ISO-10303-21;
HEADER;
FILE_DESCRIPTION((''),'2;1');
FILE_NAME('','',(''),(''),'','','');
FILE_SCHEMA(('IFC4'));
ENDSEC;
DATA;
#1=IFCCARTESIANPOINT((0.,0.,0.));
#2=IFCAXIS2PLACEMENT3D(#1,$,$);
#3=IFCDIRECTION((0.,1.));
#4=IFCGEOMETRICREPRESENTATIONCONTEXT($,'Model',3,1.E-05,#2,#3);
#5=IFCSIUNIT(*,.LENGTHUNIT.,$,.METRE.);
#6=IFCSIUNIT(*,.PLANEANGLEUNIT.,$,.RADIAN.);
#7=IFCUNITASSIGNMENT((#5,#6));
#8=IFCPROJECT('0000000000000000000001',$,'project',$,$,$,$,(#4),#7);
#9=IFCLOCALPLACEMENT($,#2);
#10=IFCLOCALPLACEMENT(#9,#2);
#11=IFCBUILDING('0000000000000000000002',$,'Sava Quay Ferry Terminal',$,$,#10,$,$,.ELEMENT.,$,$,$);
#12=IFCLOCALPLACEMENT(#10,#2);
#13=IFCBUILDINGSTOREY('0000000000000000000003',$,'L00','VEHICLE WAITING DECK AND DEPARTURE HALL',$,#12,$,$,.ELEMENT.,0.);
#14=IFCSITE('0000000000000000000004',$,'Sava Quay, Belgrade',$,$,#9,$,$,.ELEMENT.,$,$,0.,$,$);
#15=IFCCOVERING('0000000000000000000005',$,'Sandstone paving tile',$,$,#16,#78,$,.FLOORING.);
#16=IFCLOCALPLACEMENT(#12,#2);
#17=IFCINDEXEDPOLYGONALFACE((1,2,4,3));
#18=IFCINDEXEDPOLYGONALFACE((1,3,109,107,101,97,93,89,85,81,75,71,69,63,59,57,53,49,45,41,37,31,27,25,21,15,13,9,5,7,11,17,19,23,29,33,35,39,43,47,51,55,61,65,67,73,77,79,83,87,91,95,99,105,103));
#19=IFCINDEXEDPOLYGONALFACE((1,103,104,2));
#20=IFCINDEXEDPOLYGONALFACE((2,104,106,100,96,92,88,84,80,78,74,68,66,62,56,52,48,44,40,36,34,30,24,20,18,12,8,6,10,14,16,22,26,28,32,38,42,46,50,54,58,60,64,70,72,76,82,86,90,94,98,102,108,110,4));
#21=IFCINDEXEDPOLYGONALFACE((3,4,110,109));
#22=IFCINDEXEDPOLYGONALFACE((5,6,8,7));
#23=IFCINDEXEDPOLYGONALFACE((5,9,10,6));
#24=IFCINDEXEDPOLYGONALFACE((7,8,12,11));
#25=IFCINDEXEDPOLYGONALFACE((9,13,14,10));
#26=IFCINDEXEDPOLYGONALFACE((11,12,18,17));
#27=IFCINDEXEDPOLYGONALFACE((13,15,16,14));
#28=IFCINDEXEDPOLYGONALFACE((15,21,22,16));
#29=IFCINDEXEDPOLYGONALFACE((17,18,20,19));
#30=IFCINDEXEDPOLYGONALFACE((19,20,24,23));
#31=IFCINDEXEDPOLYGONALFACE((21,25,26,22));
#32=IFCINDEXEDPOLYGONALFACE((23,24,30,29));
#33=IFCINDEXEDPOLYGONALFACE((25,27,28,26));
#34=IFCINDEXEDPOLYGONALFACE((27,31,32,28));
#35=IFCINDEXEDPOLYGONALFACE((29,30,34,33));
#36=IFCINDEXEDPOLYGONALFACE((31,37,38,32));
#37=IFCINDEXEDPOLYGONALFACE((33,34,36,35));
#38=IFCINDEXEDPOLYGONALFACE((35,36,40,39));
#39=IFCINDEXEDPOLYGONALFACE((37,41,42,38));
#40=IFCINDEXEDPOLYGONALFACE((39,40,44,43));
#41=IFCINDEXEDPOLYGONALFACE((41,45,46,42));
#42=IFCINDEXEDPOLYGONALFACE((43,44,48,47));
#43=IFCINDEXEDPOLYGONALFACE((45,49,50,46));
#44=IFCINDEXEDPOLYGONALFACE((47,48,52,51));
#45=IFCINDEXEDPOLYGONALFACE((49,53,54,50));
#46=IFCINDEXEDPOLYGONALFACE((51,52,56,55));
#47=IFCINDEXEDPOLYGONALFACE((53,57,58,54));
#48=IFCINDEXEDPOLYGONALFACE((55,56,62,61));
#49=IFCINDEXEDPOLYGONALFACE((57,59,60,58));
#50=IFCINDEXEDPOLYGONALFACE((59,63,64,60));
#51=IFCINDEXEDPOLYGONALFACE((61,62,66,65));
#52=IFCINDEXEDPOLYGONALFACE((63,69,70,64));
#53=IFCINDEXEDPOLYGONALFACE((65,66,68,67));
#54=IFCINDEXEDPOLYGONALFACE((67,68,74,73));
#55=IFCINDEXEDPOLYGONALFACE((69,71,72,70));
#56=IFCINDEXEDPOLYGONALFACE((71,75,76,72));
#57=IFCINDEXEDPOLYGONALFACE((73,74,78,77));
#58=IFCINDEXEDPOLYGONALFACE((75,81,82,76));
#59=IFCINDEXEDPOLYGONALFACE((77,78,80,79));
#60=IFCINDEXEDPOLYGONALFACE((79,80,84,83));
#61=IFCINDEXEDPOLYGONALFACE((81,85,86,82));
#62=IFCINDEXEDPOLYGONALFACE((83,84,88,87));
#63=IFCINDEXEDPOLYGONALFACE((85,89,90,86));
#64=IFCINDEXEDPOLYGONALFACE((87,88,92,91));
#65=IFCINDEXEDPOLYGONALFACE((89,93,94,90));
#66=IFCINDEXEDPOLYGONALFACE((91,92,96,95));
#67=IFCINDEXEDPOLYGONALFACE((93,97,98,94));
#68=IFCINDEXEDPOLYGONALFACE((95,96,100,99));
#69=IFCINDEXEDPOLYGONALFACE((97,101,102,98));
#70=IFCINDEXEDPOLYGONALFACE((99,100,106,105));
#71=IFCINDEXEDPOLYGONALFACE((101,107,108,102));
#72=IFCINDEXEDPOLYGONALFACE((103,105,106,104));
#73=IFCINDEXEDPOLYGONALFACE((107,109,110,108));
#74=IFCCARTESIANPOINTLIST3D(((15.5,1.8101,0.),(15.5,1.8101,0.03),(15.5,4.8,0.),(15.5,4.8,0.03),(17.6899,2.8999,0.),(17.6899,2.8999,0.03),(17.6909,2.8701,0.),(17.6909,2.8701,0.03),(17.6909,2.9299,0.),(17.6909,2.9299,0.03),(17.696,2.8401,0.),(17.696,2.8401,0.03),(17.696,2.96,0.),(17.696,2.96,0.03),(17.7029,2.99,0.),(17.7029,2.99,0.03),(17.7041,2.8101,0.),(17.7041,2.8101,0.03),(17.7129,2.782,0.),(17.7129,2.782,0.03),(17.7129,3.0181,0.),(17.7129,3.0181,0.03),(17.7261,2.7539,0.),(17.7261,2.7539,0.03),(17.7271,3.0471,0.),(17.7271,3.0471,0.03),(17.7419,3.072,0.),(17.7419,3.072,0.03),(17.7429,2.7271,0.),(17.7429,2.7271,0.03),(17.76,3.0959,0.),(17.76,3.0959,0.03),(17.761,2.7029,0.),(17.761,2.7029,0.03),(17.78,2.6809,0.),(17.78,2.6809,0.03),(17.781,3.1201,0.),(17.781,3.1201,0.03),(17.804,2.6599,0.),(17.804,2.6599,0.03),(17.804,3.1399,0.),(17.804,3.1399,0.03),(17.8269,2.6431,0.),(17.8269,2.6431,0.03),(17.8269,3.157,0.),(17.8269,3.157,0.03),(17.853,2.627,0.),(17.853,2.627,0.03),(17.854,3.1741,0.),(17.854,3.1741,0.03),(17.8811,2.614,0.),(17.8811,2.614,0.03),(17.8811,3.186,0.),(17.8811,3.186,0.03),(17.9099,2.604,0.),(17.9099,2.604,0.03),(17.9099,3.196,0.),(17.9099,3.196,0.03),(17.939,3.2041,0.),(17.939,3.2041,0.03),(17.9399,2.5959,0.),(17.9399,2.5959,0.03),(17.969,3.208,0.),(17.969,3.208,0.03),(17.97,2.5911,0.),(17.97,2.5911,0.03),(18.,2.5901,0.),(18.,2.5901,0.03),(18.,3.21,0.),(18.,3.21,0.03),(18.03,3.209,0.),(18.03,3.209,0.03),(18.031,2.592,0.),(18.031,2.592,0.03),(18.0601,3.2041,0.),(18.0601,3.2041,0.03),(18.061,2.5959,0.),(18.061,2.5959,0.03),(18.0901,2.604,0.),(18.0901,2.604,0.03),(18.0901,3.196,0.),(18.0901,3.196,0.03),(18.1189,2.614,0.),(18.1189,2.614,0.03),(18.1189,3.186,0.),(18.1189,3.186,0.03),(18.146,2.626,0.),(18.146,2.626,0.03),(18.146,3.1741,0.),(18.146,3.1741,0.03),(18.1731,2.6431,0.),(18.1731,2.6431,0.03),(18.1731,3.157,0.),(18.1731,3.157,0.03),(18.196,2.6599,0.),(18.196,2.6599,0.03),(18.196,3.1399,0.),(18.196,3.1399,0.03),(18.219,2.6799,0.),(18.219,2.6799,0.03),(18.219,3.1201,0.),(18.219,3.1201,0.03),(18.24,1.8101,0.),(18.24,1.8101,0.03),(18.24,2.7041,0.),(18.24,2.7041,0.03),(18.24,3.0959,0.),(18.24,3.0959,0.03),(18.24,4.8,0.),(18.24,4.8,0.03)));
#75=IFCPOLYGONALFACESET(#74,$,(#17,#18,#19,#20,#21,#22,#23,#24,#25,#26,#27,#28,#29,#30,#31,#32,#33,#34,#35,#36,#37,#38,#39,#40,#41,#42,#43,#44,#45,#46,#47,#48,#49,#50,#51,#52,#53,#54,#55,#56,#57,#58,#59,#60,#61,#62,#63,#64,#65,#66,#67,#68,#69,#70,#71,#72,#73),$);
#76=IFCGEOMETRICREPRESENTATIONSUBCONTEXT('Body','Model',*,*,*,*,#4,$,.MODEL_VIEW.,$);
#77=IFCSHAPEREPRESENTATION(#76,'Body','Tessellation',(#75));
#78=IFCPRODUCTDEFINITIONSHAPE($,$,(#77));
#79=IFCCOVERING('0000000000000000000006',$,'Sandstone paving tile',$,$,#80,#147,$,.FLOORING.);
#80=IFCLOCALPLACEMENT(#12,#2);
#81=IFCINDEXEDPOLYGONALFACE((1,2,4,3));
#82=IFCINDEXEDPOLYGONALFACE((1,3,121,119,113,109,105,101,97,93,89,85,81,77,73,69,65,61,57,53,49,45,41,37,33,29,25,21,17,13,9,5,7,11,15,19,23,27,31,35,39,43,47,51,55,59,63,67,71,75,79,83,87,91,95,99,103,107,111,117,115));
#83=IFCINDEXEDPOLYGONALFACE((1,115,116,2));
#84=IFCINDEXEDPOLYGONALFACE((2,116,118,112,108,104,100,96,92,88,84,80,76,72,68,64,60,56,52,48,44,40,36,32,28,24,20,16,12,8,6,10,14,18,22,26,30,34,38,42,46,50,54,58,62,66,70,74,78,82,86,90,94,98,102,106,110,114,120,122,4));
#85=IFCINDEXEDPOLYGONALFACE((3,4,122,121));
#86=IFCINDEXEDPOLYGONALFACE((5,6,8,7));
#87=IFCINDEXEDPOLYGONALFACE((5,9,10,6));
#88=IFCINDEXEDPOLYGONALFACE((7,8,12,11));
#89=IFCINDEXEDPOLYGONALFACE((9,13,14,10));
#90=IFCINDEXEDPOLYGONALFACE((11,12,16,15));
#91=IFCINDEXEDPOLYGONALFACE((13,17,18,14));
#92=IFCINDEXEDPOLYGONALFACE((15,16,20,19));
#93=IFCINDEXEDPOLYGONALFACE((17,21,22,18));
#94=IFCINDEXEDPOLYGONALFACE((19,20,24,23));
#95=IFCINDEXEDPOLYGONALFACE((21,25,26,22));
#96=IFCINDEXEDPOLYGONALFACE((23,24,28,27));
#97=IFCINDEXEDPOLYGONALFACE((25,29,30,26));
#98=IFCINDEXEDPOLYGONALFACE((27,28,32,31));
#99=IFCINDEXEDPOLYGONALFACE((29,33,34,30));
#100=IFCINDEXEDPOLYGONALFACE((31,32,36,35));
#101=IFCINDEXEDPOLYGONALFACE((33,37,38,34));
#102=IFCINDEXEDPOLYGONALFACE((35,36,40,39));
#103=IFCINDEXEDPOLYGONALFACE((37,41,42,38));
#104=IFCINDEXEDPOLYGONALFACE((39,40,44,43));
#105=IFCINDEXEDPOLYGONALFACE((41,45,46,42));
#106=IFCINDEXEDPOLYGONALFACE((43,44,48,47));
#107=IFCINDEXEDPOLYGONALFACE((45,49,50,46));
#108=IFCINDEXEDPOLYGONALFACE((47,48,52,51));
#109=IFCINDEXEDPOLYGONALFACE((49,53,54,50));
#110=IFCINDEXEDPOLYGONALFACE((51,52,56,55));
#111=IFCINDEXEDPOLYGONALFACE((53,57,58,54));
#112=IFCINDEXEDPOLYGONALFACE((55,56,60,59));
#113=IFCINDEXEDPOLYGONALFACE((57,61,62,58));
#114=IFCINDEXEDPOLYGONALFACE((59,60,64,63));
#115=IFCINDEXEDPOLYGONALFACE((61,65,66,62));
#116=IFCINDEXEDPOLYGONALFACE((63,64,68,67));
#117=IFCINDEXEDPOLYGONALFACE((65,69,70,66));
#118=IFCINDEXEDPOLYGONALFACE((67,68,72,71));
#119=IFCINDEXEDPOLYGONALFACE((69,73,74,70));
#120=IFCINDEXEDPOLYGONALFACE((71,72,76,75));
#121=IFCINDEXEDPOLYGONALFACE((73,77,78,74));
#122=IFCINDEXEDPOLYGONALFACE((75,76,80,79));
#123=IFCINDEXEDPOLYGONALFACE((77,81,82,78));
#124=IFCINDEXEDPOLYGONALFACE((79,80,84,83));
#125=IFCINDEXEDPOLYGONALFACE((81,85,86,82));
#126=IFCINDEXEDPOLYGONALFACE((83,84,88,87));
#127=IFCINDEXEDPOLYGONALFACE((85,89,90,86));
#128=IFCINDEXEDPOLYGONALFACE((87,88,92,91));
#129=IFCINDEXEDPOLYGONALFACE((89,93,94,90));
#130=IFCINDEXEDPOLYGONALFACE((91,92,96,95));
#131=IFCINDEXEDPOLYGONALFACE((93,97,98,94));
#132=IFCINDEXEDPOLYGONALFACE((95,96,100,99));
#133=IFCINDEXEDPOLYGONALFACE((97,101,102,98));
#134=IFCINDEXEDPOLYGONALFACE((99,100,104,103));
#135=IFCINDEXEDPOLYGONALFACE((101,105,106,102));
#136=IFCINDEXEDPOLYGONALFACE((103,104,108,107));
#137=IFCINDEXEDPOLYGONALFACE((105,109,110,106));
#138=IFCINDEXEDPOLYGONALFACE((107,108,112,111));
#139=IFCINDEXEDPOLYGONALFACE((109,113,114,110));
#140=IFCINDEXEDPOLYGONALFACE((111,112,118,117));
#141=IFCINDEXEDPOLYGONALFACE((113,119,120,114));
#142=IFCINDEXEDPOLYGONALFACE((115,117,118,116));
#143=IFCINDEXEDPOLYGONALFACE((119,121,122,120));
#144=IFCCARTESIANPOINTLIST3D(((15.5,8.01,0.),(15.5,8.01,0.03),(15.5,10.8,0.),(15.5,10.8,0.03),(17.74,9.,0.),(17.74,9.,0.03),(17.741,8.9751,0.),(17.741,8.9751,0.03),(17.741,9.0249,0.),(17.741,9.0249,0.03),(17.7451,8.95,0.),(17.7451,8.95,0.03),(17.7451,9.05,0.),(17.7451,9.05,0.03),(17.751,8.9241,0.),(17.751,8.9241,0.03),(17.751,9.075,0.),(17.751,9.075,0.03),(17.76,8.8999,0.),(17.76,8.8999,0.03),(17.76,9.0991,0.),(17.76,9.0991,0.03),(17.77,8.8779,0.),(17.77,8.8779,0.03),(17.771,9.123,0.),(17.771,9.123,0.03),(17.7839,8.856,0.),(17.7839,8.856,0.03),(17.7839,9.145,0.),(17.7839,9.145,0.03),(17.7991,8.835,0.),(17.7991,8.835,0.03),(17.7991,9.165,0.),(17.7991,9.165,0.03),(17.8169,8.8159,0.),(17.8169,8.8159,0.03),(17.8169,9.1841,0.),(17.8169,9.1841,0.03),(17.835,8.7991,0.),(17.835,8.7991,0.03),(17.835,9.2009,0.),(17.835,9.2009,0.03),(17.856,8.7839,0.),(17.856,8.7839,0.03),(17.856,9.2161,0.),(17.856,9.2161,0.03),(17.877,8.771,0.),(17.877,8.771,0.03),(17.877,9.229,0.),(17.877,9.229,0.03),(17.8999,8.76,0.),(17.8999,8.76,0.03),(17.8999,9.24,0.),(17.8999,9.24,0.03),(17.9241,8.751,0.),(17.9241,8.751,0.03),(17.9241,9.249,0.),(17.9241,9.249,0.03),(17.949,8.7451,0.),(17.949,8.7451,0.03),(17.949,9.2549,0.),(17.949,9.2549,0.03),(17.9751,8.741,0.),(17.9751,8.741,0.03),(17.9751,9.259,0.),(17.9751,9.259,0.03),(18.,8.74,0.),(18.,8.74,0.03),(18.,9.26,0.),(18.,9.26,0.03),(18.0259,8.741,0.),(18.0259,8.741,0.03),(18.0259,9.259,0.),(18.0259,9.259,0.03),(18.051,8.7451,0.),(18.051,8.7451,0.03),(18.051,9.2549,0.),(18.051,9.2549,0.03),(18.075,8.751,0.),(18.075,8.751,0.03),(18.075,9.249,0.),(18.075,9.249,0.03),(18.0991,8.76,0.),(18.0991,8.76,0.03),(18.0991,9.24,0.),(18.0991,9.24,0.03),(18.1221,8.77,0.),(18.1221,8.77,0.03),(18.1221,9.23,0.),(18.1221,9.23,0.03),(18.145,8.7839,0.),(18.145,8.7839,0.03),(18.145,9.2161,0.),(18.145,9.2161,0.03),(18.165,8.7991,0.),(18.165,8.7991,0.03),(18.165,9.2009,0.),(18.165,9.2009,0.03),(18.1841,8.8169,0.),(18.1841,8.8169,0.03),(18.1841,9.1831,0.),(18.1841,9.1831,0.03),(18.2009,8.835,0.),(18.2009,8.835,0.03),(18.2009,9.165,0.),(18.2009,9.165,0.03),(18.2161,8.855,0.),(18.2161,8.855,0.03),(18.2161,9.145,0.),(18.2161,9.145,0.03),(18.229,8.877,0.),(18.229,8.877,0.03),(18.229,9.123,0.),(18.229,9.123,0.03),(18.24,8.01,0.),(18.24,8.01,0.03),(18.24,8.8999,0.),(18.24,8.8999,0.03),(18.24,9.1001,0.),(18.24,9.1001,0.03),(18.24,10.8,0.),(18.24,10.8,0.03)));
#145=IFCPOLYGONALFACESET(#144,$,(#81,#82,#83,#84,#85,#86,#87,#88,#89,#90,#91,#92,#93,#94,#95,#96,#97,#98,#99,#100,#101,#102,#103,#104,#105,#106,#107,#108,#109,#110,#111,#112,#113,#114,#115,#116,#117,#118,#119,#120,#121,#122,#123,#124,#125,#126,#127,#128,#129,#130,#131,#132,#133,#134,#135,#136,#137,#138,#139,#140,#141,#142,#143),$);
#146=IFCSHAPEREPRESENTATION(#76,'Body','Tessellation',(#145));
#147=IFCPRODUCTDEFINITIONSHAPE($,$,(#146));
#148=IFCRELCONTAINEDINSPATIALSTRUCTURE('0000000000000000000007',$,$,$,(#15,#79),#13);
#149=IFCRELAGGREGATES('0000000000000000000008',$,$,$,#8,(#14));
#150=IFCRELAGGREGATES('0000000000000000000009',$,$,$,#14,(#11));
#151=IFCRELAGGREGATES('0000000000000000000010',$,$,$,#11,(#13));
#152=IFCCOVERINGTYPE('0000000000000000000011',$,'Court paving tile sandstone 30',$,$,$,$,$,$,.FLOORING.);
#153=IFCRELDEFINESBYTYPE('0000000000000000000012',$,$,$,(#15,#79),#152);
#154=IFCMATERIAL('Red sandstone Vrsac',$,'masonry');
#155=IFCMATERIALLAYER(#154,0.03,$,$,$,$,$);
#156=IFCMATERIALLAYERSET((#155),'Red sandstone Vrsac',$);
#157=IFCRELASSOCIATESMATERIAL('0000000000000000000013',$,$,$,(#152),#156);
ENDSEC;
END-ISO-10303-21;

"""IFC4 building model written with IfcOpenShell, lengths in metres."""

from ifc_helpers import new_model, si_unit, direction, origin, place, context, subcontext, project, spatial, polyline, outline, extrude, material, layer, layer_set, type_object, element, save


model = new_model("IFC4")

# Units and contexts
model_context = context("Model", 3, precision=1e-05, world=origin(), true_north=direction((0.0, 1.0)))
body_context = subcontext(model_context, "Body", "Model", "MODEL_VIEW")
ifc_project = project(units=[si_unit("LENGTHUNIT", "METRE"), si_unit("PLANEANGLEUNIT", "RADIAN")], contexts=[model_context])

# Site, building, storey
site_placement = place(None, origin())
site = spatial("IfcSite", under=ifc_project, at=site_placement, Name="Sava Quay, Belgrade", CompositionType="ELEMENT", RefElevation=0.0)
building_placement = place(site_placement, origin())
building = spatial("IfcBuilding", under=site, at=building_placement, Name="Sava Quay Ferry Terminal", CompositionType="ELEMENT")
storey_placement = place(building_placement, origin())
storey = spatial("IfcBuildingStorey", under=building, at=storey_placement, Name="L00", Description="VEHICLE WAITING DECK AND DEPARTURE HALL", CompositionType="ELEMENT", Elevation=0.0)

# Coverings
ifc_material_1 = material(Name="Red sandstone Vrsac", Category="masonry")
ifc_layer_1 = layer(ifc_material_1, 0.03)
ifc_layer_set_1 = layer_set([ifc_layer_1], Name="Red sandstone Vrsac")
covering_type_1 = type_object("IfcCoveringType", Name="Court paving tile sandstone 30", PredefinedType="FLOORING", material=ifc_layer_set_1)
covering_1_placement = place(storey_placement, origin())
element("IfcCovering", 1, at=covering_1_placement, inside=storey, type_object=covering_type_1, Name="Sandstone paving tile", PredefinedType="FLOORING", context=body_context, shape_type="SweptSolid", body=[
    extrude(outline(polyline([(18.24, 1.8101), (18.24, 2.7041), (18.219, 2.6799), (18.196, 2.6599), (18.1731, 2.6431), (18.146, 2.626), (18.1189, 2.614), (18.0901, 2.604), (18.061, 2.5959), (18.031, 2.592), (18.0, 2.5901), (17.97, 2.5911), (17.9399, 2.5959), (17.9099, 2.604), (17.8811, 2.614), (17.853, 2.627), (17.8269, 2.6431), (17.804, 2.6599), (17.78, 2.6809), (17.761, 2.7029), (17.7429, 2.7271), (17.7261, 2.7539), (17.7129, 2.782), (17.7041, 2.8101), (17.696, 2.8401), (17.6909, 2.8701), (17.6899, 2.8999), (17.6909, 2.9299), (17.696, 2.96), (17.7029, 2.99), (17.7129, 3.0181), (17.7271, 3.0471), (17.7419, 3.072), (17.76, 3.0959), (17.781, 3.1201), (17.804, 3.1399), (17.8269, 3.157), (17.854, 3.1741), (17.8811, 3.186), (17.9099, 3.196), (17.939, 3.2041), (17.969, 3.208), (18.0, 3.21), (18.03, 3.209), (18.0601, 3.2041), (18.0901, 3.196), (18.1189, 3.186), (18.146, 3.1741), (18.1731, 3.157), (18.196, 3.1399), (18.219, 3.1201), (18.24, 3.0959), (18.24, 4.8), (15.5, 4.8), (15.5, 1.8101), (18.24, 1.8101)])), origin(), (0.0, 0.0, 1.0), 0.03),
])
covering_2_placement = place(storey_placement, origin())
element("IfcCovering", 2, at=covering_2_placement, inside=storey, type_object=covering_type_1, Name="Sandstone paving tile", PredefinedType="FLOORING", context=body_context, shape_type="SweptSolid", body=[
    extrude(outline(polyline([(18.24, 8.01), (18.24, 8.8999), (18.229, 8.877), (18.2161, 8.855), (18.2009, 8.835), (18.1841, 8.8169), (18.165, 8.7991), (18.145, 8.7839), (18.1221, 8.77), (18.0991, 8.76), (18.075, 8.751), (18.051, 8.7451), (18.0259, 8.741), (18.0, 8.74), (17.9751, 8.741), (17.949, 8.7451), (17.9241, 8.751), (17.8999, 8.76), (17.877, 8.771), (17.856, 8.7839), (17.835, 8.7991), (17.8169, 8.8159), (17.7991, 8.835), (17.7839, 8.856), (17.77, 8.8779), (17.76, 8.8999), (17.751, 8.9241), (17.7451, 8.95), (17.741, 8.9751), (17.74, 9.0), (17.741, 9.0249), (17.7451, 9.05), (17.751, 9.075), (17.76, 9.0991), (17.771, 9.123), (17.7839, 9.145), (17.7991, 9.165), (17.8169, 9.1841), (17.835, 9.2009), (17.856, 9.2161), (17.877, 9.229), (17.8999, 9.24), (17.9241, 9.249), (17.949, 9.2549), (17.9751, 9.259), (18.0, 9.26), (18.0259, 9.259), (18.051, 9.2549), (18.075, 9.249), (18.0991, 9.24), (18.1221, 9.23), (18.145, 9.2161), (18.165, 9.2009), (18.1841, 9.1831), (18.2009, 9.165), (18.2161, 9.145), (18.229, 9.123), (18.24, 9.1001), (18.24, 10.8), (15.5, 10.8), (15.5, 8.01), (18.24, 8.01)])), origin(), (0.0, 0.0, 1.0), 0.03),
])

save(model, "model.ifc")
